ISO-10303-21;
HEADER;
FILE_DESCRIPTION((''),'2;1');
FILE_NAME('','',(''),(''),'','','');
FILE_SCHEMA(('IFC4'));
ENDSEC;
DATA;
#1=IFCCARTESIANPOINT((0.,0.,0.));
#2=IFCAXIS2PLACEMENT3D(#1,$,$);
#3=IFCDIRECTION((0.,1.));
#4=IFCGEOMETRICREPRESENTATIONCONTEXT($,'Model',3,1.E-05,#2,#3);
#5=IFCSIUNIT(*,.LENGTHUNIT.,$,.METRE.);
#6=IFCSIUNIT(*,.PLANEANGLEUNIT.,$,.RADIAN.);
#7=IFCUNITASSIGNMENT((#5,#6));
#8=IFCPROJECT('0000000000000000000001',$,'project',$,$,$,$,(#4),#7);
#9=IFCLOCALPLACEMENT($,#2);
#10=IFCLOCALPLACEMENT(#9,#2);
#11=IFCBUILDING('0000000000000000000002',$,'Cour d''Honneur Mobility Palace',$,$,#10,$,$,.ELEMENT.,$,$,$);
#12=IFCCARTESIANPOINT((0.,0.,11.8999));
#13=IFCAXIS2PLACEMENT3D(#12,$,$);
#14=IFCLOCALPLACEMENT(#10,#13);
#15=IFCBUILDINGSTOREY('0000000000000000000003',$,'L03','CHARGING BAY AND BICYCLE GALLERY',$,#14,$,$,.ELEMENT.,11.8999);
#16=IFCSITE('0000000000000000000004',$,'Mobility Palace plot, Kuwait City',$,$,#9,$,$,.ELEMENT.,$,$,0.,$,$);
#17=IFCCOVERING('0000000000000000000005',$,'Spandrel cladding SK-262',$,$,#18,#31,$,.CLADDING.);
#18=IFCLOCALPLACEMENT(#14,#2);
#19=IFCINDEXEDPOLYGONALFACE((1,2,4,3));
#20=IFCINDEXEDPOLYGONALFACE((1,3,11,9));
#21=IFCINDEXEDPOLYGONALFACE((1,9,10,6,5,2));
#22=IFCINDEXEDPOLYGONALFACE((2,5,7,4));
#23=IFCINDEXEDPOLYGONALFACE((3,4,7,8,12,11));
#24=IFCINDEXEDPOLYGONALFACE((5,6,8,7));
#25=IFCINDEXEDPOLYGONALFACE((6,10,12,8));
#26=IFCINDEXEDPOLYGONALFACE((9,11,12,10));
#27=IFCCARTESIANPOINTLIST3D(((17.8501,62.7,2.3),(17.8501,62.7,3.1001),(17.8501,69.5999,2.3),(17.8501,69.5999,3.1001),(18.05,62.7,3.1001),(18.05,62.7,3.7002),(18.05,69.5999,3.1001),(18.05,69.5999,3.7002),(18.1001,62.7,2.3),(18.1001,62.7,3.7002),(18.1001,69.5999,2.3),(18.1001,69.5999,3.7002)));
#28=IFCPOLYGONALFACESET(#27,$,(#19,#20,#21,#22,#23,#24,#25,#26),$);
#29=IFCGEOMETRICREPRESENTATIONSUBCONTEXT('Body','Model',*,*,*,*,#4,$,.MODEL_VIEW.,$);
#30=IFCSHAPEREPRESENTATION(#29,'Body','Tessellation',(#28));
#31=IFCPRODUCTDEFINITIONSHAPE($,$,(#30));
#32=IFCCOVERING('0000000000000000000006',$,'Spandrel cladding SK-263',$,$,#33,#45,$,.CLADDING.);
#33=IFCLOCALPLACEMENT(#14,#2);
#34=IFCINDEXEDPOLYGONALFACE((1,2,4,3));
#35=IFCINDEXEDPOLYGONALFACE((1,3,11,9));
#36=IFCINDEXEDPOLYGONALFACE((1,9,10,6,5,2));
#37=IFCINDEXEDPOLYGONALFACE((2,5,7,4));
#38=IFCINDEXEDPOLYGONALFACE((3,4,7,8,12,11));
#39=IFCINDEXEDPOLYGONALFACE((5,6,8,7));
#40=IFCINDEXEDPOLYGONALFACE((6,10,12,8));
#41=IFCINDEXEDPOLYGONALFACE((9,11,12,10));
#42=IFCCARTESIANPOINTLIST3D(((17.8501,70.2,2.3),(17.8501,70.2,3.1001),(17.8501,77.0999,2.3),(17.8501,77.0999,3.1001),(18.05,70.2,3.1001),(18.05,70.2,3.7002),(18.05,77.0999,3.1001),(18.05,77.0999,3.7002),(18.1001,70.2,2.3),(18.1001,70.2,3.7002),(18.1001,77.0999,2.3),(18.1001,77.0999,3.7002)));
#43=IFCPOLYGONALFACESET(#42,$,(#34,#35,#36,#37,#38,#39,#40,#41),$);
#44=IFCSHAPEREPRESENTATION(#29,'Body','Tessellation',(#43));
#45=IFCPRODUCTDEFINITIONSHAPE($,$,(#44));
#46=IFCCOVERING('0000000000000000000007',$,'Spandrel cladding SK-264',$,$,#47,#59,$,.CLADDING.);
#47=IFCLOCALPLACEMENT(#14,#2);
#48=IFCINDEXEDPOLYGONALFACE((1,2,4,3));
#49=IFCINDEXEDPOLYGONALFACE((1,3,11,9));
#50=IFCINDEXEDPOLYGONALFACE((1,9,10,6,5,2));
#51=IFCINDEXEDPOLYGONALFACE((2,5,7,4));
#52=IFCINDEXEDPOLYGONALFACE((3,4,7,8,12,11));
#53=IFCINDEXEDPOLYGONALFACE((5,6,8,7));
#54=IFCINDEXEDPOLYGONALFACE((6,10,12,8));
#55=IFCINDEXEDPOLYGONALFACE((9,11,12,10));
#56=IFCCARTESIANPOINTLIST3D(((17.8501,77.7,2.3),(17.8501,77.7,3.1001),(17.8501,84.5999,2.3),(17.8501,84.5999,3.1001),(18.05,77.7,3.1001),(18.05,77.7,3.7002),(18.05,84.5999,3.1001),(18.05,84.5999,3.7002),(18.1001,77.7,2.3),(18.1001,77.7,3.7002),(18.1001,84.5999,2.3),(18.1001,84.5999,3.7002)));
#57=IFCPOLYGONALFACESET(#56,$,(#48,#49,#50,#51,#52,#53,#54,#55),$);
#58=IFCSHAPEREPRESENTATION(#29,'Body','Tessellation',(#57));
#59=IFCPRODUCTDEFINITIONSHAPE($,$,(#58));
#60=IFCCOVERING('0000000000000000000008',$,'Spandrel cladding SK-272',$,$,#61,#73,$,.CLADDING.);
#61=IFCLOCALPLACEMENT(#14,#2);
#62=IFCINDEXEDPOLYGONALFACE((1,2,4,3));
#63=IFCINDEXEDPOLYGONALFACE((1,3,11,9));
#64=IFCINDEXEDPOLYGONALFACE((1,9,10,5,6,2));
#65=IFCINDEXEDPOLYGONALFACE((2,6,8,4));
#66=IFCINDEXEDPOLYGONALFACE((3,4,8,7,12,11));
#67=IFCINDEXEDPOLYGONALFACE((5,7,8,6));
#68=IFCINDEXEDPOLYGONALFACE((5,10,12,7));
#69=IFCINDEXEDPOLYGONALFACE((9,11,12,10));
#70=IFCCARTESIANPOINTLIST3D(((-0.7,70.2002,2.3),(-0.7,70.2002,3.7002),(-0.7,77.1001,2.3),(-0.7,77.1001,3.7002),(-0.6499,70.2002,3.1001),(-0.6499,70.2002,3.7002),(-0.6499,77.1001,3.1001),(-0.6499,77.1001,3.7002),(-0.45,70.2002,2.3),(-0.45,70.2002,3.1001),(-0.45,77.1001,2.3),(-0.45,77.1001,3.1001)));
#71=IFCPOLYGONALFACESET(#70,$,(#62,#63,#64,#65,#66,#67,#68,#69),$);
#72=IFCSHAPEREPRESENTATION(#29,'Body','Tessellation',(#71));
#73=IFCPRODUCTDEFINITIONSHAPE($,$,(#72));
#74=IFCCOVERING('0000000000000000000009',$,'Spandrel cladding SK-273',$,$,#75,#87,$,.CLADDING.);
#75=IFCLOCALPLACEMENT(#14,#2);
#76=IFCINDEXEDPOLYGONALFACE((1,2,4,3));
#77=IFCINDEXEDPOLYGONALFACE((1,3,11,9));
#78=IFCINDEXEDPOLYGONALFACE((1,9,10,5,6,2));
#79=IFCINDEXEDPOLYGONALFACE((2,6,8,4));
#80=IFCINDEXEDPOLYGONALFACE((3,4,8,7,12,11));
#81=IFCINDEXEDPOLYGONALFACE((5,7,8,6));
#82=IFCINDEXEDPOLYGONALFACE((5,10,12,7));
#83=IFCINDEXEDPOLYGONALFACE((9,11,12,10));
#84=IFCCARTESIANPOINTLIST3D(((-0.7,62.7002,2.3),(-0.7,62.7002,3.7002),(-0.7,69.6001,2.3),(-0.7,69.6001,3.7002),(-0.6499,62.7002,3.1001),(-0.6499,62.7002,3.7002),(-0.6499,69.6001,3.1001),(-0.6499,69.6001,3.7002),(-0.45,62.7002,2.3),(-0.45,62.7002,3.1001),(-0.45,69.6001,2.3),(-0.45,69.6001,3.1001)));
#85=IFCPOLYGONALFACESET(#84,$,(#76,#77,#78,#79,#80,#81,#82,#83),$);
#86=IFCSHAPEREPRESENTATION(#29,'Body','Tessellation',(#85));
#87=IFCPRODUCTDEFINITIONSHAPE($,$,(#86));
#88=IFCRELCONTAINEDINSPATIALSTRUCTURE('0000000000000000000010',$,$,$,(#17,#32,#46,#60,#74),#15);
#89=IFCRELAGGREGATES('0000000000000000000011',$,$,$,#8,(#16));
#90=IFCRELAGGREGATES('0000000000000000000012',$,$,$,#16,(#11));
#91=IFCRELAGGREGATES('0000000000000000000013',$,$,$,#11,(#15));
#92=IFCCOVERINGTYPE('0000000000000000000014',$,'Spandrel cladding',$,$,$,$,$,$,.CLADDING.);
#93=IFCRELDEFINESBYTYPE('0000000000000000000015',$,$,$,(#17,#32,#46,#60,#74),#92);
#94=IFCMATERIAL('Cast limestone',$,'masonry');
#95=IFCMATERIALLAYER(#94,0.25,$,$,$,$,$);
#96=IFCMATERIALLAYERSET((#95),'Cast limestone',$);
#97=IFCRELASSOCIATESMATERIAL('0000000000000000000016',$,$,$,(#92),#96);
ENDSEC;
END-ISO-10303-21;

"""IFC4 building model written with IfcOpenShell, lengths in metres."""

from ifc_helpers import new_model, si_unit, direction, frame, origin, place, context, subcontext, project, spatial, polyline, outline, extrude, material, layer, layer_set, type_object, element, save


model = new_model("IFC4")

# Units and contexts
model_context = context("Model", 3, precision=1e-05, world=origin(), true_north=direction((0.0, 1.0)))
body_context = subcontext(model_context, "Body", "Model", "MODEL_VIEW")
ifc_project = project(units=[si_unit("LENGTHUNIT", "METRE"), si_unit("PLANEANGLEUNIT", "RADIAN")], contexts=[model_context])

# Site, building, storey
site_placement = place(None, origin())
site = spatial("IfcSite", under=ifc_project, at=site_placement, Name="Mobility Palace plot, Kuwait City", CompositionType="ELEMENT", RefElevation=0.0)
building_placement = place(site_placement, origin())
building = spatial("IfcBuilding", under=site, at=building_placement, Name="Cour d'Honneur Mobility Palace", CompositionType="ELEMENT")
storey_placement = place(building_placement, frame((0.0, 0.0, 11.8999)))
storey = spatial("IfcBuildingStorey", under=building, at=storey_placement, Name="L03", Description="CHARGING BAY AND BICYCLE GALLERY", CompositionType="ELEMENT", Elevation=11.8999)

# Coverings
ifc_material_1 = material(Name="Cast limestone", Category="masonry")
ifc_layer_1 = layer(ifc_material_1, 0.25)
ifc_layer_set_1 = layer_set([ifc_layer_1], Name="Cast limestone")
covering_type = type_object("IfcCoveringType", Name="Spandrel cladding", PredefinedType="CLADDING", material=ifc_layer_set_1)
for number, where, z_axis, x_axis, name in (
    (1, (17.8501, 62.7, 2.3), (0.0, -1.0, 0.0), (1.0, 0.0, 0.0), "Spandrel cladding SK-262"),
    (2, (17.8501, 70.2, 2.3), (0.0, -1.0, 0.0), (1.0, 0.0, 0.0), "Spandrel cladding SK-263"),
    (3, (17.8501, 77.7, 2.3), (0.0, -1.0, 0.0), (1.0, 0.0, 0.0), "Spandrel cladding SK-264"),
    (4, (-0.45, 77.1001, 2.3), (0.0, 1.0, 0.0), (-1.0, 0.0, 0.0), "Spandrel cladding SK-272"),
    (5, (-0.45, 69.6001, 2.3), (0.0, 1.0, 0.0), (-1.0, 0.0, 0.0), "Spandrel cladding SK-273"),
):
    element("IfcCovering", number, at=place(storey_placement, frame(where, z_axis=z_axis, x_axis=x_axis)), inside=storey, type_object=covering_type, Name=name, PredefinedType="CLADDING", context=body_context, shape_type="SweptSolid", body=[
        extrude(outline(polyline([(0.0, 0.0), (0.25, 0.0), (0.25, 1.4001), (0.2, 1.4001), (0.2, 0.8), (0.0, 0.8), (0.0, 0.0)])), origin(), (0.0, 0.0, -1.0), 6.8999),
    ])

save(model, "model.ifc")
